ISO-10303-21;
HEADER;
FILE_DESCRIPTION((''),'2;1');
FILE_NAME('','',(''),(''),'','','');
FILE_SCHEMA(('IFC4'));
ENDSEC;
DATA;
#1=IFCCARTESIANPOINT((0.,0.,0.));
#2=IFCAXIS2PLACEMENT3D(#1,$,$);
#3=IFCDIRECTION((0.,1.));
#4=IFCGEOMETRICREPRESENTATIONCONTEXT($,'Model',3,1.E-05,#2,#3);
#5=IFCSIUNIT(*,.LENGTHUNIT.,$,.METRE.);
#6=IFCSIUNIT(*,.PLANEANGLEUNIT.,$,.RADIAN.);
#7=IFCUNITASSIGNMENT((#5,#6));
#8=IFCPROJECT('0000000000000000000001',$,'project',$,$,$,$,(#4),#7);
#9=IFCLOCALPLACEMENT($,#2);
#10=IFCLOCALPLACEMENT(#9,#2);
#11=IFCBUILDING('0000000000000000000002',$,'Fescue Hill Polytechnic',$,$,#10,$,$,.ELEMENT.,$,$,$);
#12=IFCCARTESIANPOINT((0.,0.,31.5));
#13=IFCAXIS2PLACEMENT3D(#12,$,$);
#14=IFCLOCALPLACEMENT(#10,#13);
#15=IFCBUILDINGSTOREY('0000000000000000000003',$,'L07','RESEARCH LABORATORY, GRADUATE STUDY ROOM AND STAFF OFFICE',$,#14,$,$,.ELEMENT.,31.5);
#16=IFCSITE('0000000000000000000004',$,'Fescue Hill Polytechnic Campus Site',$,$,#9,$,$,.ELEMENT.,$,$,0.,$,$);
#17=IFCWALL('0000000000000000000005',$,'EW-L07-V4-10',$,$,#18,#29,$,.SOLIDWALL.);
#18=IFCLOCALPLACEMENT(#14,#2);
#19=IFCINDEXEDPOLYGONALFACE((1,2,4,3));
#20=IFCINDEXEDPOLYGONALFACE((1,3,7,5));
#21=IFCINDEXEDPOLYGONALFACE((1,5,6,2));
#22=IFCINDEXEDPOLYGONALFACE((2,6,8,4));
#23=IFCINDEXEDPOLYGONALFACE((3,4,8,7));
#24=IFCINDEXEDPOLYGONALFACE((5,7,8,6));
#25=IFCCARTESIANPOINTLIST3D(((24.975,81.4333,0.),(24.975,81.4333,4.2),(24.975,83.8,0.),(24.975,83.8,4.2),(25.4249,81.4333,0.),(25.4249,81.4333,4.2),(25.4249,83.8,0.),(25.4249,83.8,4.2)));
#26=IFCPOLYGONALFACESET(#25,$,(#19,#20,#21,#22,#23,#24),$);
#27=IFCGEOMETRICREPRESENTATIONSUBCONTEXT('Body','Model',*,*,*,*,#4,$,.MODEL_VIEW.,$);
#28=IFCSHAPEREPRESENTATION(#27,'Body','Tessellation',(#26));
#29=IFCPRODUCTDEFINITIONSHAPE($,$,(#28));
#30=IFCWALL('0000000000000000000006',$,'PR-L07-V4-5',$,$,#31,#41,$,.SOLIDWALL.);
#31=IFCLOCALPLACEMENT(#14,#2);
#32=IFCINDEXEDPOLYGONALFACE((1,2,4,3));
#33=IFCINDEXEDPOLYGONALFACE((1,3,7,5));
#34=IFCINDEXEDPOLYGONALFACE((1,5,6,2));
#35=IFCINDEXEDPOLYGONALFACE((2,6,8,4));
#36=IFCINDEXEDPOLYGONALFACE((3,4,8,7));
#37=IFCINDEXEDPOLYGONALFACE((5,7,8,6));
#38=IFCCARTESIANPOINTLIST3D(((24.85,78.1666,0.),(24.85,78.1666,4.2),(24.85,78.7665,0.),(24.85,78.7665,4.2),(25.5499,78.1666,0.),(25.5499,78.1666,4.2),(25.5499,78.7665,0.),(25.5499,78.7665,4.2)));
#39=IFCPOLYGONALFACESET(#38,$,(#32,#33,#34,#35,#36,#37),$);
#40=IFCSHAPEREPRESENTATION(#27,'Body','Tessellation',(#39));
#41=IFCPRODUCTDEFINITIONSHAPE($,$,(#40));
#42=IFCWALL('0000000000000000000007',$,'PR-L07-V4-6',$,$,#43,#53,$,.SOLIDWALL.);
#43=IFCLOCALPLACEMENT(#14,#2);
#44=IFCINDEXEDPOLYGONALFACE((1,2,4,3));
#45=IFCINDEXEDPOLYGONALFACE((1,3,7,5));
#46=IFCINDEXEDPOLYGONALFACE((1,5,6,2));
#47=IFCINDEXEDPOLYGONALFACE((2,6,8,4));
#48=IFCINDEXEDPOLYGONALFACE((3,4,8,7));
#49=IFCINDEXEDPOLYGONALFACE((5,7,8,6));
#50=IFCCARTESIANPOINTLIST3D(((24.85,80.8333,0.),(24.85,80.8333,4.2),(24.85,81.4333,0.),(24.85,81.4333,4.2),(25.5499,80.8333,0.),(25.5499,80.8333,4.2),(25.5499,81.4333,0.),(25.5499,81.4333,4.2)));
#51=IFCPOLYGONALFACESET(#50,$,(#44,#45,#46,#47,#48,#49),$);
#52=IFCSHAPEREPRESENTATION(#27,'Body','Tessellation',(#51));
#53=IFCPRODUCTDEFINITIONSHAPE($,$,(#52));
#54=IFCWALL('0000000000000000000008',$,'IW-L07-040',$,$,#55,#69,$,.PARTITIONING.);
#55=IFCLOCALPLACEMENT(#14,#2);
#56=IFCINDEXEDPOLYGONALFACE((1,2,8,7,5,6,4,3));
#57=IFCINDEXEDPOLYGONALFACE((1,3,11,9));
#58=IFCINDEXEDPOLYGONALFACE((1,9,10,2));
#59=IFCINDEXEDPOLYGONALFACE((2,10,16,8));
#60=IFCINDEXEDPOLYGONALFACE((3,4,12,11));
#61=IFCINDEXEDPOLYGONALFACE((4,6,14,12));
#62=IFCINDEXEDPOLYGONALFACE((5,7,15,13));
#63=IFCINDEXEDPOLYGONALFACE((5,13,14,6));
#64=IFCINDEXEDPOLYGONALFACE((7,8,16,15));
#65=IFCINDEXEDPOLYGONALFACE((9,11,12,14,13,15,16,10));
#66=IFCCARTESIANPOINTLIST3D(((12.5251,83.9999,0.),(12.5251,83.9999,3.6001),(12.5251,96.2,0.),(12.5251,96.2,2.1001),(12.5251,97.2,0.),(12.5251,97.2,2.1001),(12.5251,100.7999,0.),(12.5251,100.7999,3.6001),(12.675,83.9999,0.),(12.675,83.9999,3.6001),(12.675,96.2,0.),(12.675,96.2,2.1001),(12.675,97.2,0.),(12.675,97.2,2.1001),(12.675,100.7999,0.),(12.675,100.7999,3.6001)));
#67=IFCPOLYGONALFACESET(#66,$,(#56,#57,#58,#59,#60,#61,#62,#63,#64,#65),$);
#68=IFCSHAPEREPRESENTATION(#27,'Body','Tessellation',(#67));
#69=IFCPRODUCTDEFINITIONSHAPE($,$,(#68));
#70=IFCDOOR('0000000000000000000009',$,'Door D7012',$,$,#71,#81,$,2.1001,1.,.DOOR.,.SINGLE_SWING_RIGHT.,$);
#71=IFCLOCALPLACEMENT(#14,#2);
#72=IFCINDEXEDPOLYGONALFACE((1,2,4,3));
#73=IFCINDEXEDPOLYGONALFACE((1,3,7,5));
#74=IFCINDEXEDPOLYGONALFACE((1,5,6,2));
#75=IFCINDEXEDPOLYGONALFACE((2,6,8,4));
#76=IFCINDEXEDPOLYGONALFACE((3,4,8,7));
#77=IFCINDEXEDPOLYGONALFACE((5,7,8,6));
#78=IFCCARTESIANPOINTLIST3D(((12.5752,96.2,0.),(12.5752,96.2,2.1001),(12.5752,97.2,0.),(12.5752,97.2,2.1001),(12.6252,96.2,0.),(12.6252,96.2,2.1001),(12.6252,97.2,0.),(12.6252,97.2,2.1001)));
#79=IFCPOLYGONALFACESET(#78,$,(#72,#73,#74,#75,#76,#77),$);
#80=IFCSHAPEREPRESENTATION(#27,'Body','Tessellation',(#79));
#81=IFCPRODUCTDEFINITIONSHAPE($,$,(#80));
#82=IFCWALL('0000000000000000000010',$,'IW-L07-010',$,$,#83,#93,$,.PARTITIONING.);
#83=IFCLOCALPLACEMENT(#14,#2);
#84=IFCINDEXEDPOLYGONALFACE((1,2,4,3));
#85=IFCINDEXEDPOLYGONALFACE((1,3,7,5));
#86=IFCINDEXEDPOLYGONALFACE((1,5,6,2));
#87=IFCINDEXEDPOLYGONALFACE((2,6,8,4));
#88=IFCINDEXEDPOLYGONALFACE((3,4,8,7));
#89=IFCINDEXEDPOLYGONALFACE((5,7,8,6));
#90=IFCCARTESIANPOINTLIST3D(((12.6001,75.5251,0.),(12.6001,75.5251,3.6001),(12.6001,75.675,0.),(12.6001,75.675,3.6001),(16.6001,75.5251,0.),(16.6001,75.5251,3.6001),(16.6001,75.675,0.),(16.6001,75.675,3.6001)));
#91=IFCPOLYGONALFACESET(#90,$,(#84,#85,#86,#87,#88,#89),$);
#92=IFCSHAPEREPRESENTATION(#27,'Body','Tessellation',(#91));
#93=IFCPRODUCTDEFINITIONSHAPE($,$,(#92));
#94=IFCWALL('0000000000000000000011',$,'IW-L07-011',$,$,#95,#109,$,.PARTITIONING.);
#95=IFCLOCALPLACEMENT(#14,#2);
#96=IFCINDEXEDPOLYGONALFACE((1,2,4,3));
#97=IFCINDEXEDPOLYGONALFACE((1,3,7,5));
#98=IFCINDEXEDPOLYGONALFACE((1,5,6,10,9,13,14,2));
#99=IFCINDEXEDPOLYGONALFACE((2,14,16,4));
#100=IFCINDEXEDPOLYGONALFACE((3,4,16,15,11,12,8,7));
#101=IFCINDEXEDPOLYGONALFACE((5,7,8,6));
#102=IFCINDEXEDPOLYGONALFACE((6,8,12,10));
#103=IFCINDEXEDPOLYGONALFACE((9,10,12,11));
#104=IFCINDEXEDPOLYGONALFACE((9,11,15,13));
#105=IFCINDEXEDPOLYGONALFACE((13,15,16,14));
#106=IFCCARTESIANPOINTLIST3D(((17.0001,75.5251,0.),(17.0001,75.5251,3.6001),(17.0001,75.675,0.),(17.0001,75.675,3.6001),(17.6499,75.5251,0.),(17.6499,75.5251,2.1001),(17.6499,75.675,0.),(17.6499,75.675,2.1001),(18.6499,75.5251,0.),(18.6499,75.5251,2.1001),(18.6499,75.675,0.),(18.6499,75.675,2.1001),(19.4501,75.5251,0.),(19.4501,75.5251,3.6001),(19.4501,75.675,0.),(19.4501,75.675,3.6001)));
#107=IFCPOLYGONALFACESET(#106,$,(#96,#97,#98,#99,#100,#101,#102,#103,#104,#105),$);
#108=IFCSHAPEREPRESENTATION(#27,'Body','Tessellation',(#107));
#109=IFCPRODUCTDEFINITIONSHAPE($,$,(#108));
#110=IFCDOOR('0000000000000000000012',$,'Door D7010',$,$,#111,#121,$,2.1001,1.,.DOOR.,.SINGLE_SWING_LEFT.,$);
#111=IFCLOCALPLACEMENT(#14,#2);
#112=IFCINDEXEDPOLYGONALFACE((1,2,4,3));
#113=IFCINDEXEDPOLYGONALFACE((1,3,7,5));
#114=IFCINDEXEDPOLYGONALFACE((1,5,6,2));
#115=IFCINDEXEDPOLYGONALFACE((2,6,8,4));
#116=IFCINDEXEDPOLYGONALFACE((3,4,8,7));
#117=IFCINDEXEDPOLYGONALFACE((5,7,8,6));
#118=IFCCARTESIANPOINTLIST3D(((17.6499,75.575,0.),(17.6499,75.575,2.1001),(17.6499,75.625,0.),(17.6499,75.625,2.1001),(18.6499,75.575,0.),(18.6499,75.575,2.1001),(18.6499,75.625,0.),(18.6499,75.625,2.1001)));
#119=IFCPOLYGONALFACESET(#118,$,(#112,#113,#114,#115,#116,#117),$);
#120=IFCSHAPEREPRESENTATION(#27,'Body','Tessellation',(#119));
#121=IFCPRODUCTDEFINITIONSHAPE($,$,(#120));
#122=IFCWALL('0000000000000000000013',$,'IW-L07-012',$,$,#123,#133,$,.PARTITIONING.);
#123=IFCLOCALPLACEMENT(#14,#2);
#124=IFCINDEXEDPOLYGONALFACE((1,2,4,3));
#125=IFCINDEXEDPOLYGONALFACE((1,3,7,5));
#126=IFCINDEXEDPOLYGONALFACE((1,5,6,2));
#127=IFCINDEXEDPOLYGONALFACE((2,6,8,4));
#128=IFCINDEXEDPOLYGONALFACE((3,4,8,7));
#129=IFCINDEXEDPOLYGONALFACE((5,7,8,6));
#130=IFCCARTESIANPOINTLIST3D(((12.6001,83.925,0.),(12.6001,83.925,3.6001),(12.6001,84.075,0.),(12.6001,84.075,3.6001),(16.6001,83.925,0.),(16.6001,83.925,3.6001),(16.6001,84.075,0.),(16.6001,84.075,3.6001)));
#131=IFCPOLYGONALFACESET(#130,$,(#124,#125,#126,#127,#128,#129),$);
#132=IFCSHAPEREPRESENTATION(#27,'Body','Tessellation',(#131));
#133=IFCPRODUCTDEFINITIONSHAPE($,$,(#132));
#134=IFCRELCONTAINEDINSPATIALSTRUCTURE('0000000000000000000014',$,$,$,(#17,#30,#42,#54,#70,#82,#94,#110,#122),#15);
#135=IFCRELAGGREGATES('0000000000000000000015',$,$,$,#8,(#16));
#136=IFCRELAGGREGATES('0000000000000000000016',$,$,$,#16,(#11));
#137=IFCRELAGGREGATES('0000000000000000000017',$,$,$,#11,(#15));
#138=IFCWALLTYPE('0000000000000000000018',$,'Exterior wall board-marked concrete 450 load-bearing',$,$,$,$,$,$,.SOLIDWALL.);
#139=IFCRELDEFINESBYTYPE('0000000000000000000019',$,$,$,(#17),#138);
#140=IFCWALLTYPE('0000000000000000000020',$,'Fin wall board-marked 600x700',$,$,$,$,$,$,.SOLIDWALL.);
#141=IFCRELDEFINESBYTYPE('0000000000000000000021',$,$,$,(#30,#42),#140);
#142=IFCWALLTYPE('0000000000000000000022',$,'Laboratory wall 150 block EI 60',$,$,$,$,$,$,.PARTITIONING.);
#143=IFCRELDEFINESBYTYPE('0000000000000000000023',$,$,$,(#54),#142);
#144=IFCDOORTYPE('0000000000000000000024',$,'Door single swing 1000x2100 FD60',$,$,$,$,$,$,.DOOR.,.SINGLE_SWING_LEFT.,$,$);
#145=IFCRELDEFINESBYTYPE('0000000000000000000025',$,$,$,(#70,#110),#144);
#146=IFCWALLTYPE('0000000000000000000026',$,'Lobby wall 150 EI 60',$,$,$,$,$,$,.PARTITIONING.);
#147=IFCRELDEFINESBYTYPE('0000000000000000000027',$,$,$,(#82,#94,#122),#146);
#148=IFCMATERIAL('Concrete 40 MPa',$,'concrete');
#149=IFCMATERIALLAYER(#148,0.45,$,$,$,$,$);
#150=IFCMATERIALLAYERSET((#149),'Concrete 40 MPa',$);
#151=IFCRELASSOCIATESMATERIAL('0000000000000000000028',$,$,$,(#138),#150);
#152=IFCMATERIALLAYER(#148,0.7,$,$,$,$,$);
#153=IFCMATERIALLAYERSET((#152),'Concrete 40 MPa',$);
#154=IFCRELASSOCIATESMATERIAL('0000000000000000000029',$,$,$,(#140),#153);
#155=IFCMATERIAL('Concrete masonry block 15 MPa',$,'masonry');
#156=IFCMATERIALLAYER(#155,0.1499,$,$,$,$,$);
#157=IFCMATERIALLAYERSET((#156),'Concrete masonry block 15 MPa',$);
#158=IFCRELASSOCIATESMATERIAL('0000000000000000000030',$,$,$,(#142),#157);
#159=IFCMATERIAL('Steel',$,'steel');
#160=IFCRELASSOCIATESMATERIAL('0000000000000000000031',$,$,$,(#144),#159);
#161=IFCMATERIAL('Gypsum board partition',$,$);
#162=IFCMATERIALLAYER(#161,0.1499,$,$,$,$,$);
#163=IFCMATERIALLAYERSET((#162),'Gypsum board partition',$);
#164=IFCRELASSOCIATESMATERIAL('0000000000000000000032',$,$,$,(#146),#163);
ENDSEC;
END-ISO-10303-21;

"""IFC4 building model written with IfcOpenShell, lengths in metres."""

from ifc_helpers import new_model, si_unit, direction, frame, frame_2d, origin, place, context, subcontext, project, spatial, rectangle, extrude, material, layer, layer_set, type_object, element, fill, save


model = new_model("IFC4")

# Units and contexts
model_context = context("Model", 3, precision=1e-05, world=origin(), true_north=direction((0.0, 1.0)))
body_context = subcontext(model_context, "Body", "Model", "MODEL_VIEW")
ifc_project = project(units=[si_unit("LENGTHUNIT", "METRE"), si_unit("PLANEANGLEUNIT", "RADIAN")], contexts=[model_context])

# Site, building, storey
site_placement = place(None, origin())
site = spatial("IfcSite", under=ifc_project, at=site_placement, Name="Fescue Hill Polytechnic Campus Site", CompositionType="ELEMENT", RefElevation=0.0)
building_placement = place(site_placement, origin())
building = spatial("IfcBuilding", under=site, at=building_placement, Name="Fescue Hill Polytechnic", CompositionType="ELEMENT")
storey_placement = place(building_placement, frame((0.0, 0.0, 31.5)))
storey = spatial("IfcBuildingStorey", under=building, at=storey_placement, Name="L07", Description="RESEARCH LABORATORY, GRADUATE STUDY ROOM AND STAFF OFFICE", CompositionType="ELEMENT", Elevation=31.5)

# Shared definitions
ifc_material_1 = material(Name="Concrete 40 MPa", Category="concrete")

# Walls
ifc_layer_1 = layer(ifc_material_1, 0.45)
ifc_layer_set_1 = layer_set([ifc_layer_1], Name="Concrete 40 MPa")
wall_type_1 = type_object("IfcWallType", Name="Exterior wall board-marked concrete 450 load-bearing", PredefinedType="SOLIDWALL", material=ifc_layer_set_1)
wall_1_placement = place(storey_placement, frame((25.2, 81.4333, 0.0), z_axis=(0.0, 0.0, 1.0), x_axis=(0.0, 1.0, 0.0)))
element("IfcWall", 1, at=wall_1_placement, inside=storey, type_object=wall_type_1, Name="EW-L07-V4-10", PredefinedType="SOLIDWALL", context=body_context, shape_type="SweptSolid", body=[
    extrude(rectangle(XDim=2.3667, YDim=0.45, at=frame_2d((1.1833, 0.0))), origin(), (0.0, 0.0, 1.0), 4.2),
])
ifc_layer_2 = layer(ifc_material_1, 0.7)
ifc_layer_set_2 = layer_set([ifc_layer_2], Name="Concrete 40 MPa")
wall_type_2 = type_object("IfcWallType", Name="Fin wall board-marked 600x700", PredefinedType="SOLIDWALL", material=ifc_layer_set_2)
wall_2_placement = place(storey_placement, frame((25.2, 78.1667, 0.0), z_axis=(0.0, 0.0, 1.0), x_axis=(0.0, 1.0, 0.0)))
element("IfcWall", 2, at=wall_2_placement, inside=storey, type_object=wall_type_2, Name="PR-L07-V4-5", PredefinedType="SOLIDWALL", context=body_context, shape_type="SweptSolid", body=[
    extrude(rectangle(XDim=0.5999, YDim=0.7, at=frame_2d((0.2998, 0.0))), origin(), (0.0, 0.0, 1.0), 4.2),
])
wall_3_placement = place(storey_placement, frame((25.2, 80.8333, 0.0), z_axis=(0.0, 0.0, 1.0), x_axis=(0.0, 1.0, 0.0)))
element("IfcWall", 3, at=wall_3_placement, inside=storey, type_object=wall_type_2, Name="PR-L07-V4-6", PredefinedType="SOLIDWALL", context=body_context, shape_type="SweptSolid", body=[
    extrude(rectangle(XDim=0.6001, YDim=0.7, at=frame_2d((0.3, 0.0))), origin(), (0.0, 0.0, 1.0), 4.2),
])

# Wall, opening, door
ifc_material_2 = material(Name="Concrete masonry block 15 MPa", Category="masonry")
ifc_layer_3 = layer(ifc_material_2, 0.1499)
ifc_layer_set_3 = layer_set([ifc_layer_3], Name="Concrete masonry block 15 MPa")
wall_type_3 = type_object("IfcWallType", Name="Laboratory wall 150 block EI 60", PredefinedType="PARTITIONING", material=ifc_layer_set_3)
wall_4_placement = place(storey_placement, frame((12.6001, 84.0, 0.0), z_axis=(0.0, 0.0, 1.0), x_axis=(0.0, 1.0, 0.0)))
wall_4 = element("IfcWall", 4, at=wall_4_placement, inside=storey, type_object=wall_type_3, Name="IW-L07-040", PredefinedType="PARTITIONING", context=body_context, shape_type="SweptSolid", body=[
    extrude(rectangle(XDim=16.8, YDim=0.1499, at=frame_2d((8.3999, 0.0))), origin(), (0.0, 0.0, 1.0), 3.6001),
])
opening_1_placement = place(wall_4_placement, frame((12.2, 0.0, 0.0)))
opening_1 = element("IfcOpeningElement", 5, at=opening_1_placement, cuts=wall_4, PredefinedType="OPENING", context=body_context, shape_type="SweptSolid", body=[
    extrude(rectangle(XDim=1.0, YDim=2.1001, at=frame_2d((0.5, 1.05))), frame((0.0, 0.085, 0.0), z_axis=(0.0, -1.0, 0.0), x_axis=(1.0, 0.0, 0.0)), (0.0, 0.0, 1.0), 0.1699),
])
ifc_material_3 = material(Name="Steel", Category="steel")
door_type_1 = type_object("IfcDoorType", Name="Door single swing 1000x2100 FD60", OperationType="SINGLE_SWING_LEFT", PredefinedType="DOOR", material=ifc_material_3)
door_1_placement = place(opening_1_placement, origin())
door_1 = element("IfcDoor", 6, at=door_1_placement, inside=storey, type_object=door_type_1, Name="Door D7012", OperationType="SINGLE_SWING_RIGHT", OverallHeight=2.1001, OverallWidth=1.0, PredefinedType="DOOR", context=body_context, shape_type="SweptSolid", body=[
    extrude(rectangle(XDim=1.0, YDim=2.1001, at=frame_2d((0.5, 1.05))), frame((0.0, 0.0249, 0.0), z_axis=(0.0, -1.0, 0.0), x_axis=(1.0, 0.0, 0.0)), (0.0, 0.0, 1.0), 0.05),
])
fill(opening_1, door_1)

# Wall
ifc_material_4 = material(Name="Gypsum board partition")
ifc_layer_4 = layer(ifc_material_4, 0.1499)
ifc_layer_set_4 = layer_set([ifc_layer_4], Name="Gypsum board partition")
wall_type_4 = type_object("IfcWallType", Name="Lobby wall 150 EI 60", PredefinedType="PARTITIONING", material=ifc_layer_set_4)
wall_5_placement = place(storey_placement, frame((12.6001, 75.6001, 0.0), z_axis=(0.0, 0.0, 1.0), x_axis=(1.0, 0.0, 0.0)))
element("IfcWall", 7, at=wall_5_placement, inside=storey, type_object=wall_type_4, Name="IW-L07-010", PredefinedType="PARTITIONING", context=body_context, shape_type="SweptSolid", body=[
    extrude(rectangle(XDim=4.0, YDim=0.1499, at=frame_2d((2.0, 0.0))), origin(), (0.0, 0.0, 1.0), 3.6001),
])

# Wall, opening, door
wall_6_placement = place(storey_placement, frame((17.0, 75.6001, 0.0), z_axis=(0.0, 0.0, 1.0), x_axis=(1.0, 0.0, 0.0)))
wall_6 = element("IfcWall", 8, at=wall_6_placement, inside=storey, type_object=wall_type_4, Name="IW-L07-011", PredefinedType="PARTITIONING", context=body_context, shape_type="SweptSolid", body=[
    extrude(rectangle(XDim=2.45, YDim=0.1499, at=frame_2d((1.2251, 0.0))), origin(), (0.0, 0.0, 1.0), 3.6001),
])
opening_2_placement = place(wall_6_placement, frame((0.6499, 0.0, 0.0)))
opening_2 = element("IfcOpeningElement", 9, at=opening_2_placement, cuts=wall_6, PredefinedType="OPENING", context=body_context, shape_type="SweptSolid", body=[
    extrude(rectangle(XDim=1.0, YDim=2.1001, at=frame_2d((0.5, 1.05))), frame((0.0, 0.085, 0.0), z_axis=(0.0, -1.0, 0.0), x_axis=(1.0, 0.0, 0.0)), (0.0, 0.0, 1.0), 0.1699),
])
door_2_placement = place(opening_2_placement, origin())
door_2 = element("IfcDoor", 10, at=door_2_placement, inside=storey, type_object=door_type_1, Name="Door D7010", OperationType="SINGLE_SWING_LEFT", OverallHeight=2.1001, OverallWidth=1.0, PredefinedType="DOOR", context=body_context, shape_type="SweptSolid", body=[
    extrude(rectangle(XDim=1.0, YDim=2.1001, at=frame_2d((0.5, 1.05))), frame((0.0, 0.0249, 0.0), z_axis=(0.0, -1.0, 0.0), x_axis=(1.0, 0.0, 0.0)), (0.0, 0.0, 1.0), 0.05),
])
fill(opening_2, door_2)

# Wall
wall_7_placement = place(storey_placement, frame((12.6001, 84.0, 0.0), z_axis=(0.0, 0.0, 1.0), x_axis=(1.0, 0.0, 0.0)))
element("IfcWall", 11, at=wall_7_placement, inside=storey, type_object=wall_type_4, Name="IW-L07-012", PredefinedType="PARTITIONING", context=body_context, shape_type="SweptSolid", body=[
    extrude(rectangle(XDim=4.0, YDim=0.1499, at=frame_2d((2.0, 0.0))), origin(), (0.0, 0.0, 1.0), 3.6001),
])

save(model, "model.ifc")
